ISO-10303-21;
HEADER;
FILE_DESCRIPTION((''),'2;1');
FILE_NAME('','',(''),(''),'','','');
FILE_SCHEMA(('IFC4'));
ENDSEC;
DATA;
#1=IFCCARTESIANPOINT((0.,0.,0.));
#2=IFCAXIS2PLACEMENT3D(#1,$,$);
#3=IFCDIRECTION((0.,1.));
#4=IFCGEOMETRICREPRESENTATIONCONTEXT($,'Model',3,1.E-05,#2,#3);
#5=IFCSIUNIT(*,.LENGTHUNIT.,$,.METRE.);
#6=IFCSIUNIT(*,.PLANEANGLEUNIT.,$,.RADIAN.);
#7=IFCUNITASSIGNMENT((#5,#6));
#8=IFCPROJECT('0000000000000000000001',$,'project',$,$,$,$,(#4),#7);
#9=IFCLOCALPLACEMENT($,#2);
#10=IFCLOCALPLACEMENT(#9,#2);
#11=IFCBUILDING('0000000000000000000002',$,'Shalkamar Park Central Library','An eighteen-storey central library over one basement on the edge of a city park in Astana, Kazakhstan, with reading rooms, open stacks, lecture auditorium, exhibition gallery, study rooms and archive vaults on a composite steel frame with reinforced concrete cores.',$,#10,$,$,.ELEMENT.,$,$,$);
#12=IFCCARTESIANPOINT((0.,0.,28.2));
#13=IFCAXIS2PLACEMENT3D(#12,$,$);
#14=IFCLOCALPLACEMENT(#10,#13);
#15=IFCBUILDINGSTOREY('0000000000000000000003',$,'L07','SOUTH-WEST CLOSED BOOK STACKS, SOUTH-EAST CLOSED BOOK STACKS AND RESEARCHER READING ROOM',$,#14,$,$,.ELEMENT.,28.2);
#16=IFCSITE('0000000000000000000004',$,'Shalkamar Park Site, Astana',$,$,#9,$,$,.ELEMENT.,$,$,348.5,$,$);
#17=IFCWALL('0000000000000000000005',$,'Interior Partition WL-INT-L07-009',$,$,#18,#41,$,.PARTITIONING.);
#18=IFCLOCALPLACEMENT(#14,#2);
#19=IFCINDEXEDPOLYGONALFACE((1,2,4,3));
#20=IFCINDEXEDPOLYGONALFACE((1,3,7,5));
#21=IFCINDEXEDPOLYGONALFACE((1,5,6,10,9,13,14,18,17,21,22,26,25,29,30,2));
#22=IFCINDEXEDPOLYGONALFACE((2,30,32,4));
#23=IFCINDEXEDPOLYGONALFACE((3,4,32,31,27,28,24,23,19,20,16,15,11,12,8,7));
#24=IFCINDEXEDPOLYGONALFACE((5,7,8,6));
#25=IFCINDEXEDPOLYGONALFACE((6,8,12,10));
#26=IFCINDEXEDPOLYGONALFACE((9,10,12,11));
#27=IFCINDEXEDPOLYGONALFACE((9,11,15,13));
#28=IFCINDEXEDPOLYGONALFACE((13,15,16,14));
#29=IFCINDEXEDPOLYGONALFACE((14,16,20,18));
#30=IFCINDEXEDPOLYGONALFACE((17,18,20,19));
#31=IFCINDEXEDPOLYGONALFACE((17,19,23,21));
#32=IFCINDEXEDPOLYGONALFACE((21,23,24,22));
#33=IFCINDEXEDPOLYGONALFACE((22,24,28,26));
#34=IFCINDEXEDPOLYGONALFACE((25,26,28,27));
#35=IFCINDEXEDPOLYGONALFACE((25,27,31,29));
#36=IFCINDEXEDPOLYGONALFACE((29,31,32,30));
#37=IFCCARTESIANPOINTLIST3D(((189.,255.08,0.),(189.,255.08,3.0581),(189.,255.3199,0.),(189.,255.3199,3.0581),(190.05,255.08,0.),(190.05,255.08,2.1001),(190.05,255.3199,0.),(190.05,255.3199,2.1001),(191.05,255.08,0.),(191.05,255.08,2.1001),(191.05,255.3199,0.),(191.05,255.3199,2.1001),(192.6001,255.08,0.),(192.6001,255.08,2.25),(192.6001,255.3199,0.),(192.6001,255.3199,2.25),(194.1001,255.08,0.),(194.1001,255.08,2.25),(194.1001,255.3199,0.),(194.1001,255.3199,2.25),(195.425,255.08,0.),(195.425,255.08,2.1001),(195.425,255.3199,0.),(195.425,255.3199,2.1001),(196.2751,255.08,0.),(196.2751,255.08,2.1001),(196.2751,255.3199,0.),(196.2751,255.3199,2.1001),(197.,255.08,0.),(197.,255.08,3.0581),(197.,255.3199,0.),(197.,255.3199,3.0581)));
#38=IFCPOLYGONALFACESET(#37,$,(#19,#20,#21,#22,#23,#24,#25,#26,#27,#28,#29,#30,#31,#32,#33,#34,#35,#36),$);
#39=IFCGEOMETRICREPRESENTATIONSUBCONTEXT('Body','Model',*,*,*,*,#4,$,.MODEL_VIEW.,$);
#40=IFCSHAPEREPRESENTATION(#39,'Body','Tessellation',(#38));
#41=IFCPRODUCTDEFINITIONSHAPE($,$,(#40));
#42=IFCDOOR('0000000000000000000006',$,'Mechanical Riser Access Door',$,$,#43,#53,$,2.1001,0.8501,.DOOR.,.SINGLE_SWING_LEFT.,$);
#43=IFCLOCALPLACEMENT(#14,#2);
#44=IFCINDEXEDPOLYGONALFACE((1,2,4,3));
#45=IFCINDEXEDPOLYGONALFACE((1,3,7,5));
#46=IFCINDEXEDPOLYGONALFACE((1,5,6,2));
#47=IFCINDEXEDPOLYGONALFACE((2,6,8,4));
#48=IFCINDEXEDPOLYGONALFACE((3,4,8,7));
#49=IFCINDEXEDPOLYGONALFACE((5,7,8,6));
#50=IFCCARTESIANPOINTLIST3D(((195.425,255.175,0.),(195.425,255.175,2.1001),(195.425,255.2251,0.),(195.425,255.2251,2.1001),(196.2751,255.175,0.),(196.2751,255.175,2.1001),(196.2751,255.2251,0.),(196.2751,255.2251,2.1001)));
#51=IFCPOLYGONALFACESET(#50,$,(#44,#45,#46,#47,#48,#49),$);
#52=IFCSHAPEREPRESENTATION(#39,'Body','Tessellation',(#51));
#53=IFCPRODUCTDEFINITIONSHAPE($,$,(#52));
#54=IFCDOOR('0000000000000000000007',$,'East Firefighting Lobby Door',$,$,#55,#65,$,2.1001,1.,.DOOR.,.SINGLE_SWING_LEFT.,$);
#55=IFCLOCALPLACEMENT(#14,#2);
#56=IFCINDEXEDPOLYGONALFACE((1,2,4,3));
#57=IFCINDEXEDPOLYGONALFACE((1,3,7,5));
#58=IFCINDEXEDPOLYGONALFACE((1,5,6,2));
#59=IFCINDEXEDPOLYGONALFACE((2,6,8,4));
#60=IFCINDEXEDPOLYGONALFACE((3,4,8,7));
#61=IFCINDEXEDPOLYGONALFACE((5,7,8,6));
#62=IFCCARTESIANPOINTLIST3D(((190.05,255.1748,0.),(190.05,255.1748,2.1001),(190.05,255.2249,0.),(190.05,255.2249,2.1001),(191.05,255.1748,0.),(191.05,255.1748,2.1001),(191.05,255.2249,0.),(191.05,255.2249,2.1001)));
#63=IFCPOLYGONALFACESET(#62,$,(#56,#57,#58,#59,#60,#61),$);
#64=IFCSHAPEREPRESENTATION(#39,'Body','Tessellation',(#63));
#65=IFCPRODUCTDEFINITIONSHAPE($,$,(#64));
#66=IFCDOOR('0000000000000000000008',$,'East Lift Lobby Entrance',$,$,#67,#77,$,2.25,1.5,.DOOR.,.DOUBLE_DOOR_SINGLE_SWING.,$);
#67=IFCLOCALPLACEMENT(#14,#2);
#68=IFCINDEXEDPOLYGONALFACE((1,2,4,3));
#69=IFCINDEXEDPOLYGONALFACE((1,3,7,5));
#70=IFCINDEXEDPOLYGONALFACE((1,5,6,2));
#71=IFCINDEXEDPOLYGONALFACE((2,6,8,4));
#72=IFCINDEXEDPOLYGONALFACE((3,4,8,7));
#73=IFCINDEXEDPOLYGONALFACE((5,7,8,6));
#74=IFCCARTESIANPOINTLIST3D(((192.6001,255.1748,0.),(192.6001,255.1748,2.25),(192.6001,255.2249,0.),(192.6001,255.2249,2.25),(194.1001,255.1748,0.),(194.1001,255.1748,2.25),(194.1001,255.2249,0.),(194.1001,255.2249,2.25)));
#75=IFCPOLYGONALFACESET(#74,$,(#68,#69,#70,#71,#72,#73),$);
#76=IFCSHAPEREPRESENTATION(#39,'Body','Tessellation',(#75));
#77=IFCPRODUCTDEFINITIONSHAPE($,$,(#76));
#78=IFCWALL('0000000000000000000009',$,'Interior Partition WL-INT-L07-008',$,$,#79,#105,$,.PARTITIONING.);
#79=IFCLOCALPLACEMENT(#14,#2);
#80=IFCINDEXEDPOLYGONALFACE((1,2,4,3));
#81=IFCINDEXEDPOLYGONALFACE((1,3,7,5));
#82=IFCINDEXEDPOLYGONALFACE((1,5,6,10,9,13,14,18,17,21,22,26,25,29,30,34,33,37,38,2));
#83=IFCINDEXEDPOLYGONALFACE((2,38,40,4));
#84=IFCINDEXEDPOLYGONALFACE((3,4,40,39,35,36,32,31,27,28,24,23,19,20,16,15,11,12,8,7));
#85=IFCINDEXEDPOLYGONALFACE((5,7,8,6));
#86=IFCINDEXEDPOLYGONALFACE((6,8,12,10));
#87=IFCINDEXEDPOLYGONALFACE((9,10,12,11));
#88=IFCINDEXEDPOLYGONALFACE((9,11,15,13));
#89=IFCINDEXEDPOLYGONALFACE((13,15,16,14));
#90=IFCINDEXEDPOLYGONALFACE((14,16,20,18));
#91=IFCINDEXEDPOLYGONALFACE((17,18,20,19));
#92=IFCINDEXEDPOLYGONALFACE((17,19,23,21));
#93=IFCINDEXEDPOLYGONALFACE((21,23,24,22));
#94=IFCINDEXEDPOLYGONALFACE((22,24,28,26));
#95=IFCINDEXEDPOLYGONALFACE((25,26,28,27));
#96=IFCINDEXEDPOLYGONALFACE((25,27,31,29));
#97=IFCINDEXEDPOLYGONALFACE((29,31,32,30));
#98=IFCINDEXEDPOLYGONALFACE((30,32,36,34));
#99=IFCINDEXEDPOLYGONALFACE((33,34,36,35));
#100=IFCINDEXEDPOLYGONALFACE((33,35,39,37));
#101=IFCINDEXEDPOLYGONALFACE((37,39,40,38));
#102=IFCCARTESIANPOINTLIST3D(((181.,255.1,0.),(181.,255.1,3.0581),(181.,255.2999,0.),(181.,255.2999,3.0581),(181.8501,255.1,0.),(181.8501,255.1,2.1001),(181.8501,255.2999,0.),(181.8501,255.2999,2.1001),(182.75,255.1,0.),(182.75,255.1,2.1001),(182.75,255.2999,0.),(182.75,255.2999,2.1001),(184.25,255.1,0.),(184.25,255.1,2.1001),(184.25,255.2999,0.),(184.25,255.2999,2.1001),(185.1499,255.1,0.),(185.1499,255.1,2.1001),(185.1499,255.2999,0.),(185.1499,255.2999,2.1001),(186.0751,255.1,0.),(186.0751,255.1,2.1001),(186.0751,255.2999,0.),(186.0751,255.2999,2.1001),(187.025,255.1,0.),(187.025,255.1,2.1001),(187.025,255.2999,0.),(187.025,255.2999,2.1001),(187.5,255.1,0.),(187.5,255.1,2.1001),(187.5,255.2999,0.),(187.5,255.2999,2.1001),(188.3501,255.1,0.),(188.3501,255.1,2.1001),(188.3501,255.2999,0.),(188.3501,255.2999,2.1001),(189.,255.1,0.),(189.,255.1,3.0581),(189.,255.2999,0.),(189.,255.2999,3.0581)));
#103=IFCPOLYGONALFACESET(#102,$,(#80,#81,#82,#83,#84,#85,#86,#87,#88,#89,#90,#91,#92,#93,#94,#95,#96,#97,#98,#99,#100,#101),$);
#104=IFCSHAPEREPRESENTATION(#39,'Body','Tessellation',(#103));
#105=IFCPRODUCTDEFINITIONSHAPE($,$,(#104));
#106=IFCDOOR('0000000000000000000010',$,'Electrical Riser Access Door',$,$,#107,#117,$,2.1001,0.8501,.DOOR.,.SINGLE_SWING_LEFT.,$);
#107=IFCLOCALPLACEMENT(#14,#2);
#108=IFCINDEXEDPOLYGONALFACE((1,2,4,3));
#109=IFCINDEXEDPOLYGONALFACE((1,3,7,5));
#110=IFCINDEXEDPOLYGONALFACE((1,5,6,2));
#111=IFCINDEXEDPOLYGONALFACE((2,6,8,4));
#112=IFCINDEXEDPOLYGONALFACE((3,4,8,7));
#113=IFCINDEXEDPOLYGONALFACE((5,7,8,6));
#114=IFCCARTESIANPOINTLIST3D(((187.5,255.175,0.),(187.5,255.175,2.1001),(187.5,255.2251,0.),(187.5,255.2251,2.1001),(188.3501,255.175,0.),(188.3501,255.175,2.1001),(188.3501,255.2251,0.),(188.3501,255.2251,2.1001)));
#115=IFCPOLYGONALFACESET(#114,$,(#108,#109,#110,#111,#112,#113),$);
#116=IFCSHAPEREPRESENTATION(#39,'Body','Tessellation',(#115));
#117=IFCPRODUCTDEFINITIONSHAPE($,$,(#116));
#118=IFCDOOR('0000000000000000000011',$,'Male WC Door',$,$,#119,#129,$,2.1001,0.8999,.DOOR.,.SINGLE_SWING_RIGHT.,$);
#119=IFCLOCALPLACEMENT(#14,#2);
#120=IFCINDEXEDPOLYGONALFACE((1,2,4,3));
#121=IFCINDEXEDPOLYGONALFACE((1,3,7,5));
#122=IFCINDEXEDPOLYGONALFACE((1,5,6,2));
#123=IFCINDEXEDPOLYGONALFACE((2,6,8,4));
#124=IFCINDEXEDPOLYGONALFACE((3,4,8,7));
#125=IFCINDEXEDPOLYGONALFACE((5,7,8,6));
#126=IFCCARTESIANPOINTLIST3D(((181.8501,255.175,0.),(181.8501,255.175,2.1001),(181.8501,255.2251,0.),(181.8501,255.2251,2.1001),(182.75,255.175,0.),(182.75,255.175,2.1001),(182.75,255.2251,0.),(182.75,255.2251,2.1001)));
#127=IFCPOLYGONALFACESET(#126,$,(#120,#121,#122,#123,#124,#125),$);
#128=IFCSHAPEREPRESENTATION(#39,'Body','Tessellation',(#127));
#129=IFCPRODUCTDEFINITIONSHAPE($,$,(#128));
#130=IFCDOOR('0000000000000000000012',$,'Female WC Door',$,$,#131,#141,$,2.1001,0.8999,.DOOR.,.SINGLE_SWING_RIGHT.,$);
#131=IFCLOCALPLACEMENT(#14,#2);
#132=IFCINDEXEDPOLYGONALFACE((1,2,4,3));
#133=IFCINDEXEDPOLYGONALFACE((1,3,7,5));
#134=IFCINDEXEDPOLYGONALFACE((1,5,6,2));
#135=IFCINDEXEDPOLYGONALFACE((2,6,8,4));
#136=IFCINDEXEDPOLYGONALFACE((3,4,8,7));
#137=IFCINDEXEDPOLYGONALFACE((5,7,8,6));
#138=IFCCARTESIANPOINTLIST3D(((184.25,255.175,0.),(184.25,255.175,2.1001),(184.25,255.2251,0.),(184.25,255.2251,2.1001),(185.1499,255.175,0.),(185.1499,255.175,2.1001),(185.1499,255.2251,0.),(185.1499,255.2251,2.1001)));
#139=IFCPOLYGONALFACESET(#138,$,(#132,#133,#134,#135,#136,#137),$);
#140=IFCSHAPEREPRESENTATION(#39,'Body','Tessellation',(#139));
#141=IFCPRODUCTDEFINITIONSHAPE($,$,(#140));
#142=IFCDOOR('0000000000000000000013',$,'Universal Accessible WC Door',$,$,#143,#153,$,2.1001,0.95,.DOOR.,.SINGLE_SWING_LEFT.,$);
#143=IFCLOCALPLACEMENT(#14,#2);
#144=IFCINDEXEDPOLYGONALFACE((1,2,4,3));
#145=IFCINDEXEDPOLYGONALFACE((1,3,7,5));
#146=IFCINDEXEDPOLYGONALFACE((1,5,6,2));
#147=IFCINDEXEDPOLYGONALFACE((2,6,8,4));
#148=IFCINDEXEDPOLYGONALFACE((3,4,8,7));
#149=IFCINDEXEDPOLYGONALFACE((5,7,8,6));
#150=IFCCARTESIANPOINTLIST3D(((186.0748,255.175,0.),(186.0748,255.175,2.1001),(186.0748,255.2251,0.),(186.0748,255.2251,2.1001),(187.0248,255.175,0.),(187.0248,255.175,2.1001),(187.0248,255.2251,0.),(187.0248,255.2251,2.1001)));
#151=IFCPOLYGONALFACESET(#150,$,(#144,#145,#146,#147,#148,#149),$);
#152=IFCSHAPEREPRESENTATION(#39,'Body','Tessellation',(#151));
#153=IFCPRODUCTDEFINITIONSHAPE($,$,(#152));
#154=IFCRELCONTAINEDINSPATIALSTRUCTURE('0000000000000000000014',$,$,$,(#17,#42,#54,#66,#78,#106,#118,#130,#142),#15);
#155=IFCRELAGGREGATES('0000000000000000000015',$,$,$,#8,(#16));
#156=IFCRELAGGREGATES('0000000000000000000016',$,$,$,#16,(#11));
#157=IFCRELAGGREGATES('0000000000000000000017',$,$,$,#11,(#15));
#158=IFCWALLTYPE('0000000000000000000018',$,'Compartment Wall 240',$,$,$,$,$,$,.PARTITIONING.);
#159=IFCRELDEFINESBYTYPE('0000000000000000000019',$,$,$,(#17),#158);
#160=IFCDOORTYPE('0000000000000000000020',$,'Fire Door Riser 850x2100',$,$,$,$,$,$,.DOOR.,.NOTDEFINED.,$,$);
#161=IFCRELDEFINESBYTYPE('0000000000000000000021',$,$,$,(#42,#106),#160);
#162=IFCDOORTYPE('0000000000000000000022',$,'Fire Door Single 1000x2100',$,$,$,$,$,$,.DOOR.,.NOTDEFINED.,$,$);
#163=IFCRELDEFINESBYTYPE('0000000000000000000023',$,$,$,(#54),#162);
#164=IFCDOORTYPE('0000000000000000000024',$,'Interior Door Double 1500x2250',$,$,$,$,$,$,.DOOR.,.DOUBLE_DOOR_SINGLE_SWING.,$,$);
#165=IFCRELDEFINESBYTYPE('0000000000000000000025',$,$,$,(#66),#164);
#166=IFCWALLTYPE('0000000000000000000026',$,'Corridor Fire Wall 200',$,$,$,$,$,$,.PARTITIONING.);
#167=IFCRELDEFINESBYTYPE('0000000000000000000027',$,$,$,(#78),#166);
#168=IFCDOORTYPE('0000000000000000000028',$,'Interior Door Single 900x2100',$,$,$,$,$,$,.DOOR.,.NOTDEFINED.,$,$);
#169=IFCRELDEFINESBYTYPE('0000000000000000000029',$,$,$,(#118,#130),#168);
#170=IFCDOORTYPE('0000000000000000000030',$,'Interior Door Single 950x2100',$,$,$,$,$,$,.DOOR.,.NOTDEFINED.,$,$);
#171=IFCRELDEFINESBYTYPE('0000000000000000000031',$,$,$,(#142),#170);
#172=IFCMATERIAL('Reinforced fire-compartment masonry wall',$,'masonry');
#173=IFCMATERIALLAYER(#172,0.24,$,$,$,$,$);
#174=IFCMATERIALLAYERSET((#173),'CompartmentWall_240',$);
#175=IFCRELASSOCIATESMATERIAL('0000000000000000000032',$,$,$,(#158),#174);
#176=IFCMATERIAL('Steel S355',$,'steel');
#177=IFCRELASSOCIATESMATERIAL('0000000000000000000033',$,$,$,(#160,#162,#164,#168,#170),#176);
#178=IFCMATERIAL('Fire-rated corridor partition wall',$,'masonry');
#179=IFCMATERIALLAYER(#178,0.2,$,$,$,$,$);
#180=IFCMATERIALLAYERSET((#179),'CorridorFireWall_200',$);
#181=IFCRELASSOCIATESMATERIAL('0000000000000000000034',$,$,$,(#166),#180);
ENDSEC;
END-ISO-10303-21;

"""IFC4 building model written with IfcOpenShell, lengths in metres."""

from ifc_helpers import new_model, si_unit, direction, frame, frame_2d, origin, place, context, subcontext, project, spatial, rectangle, extrude, material, layer, layer_set, type_object, element, fill, save


model = new_model("IFC4")

# Units and contexts
model_context = context("Model", 3, precision=1e-05, world=origin(), true_north=direction((0.0, 1.0)))
body_context = subcontext(model_context, "Body", "Model", "MODEL_VIEW")
ifc_project = project(units=[si_unit("LENGTHUNIT", "METRE"), si_unit("PLANEANGLEUNIT", "RADIAN")], contexts=[model_context])

# Site, building, storey
site_placement = place(None, origin())
site = spatial("IfcSite", under=ifc_project, at=site_placement, Name="Shalkamar Park Site, Astana", CompositionType="ELEMENT", RefElevation=348.5)
building_placement = place(site_placement, origin())
building = spatial("IfcBuilding", under=site, at=building_placement, Name="Shalkamar Park Central Library", Description="An eighteen-storey central library over one basement on the edge of a city park in Astana, Kazakhstan, with reading rooms, open stacks, lecture auditorium, exhibition gallery, study rooms and archive vaults on a composite steel frame with reinforced concrete cores.", CompositionType="ELEMENT")
storey_placement = place(building_placement, frame((0.0, 0.0, 28.2)))
storey = spatial("IfcBuildingStorey", under=building, at=storey_placement, Name="L07", Description="SOUTH-WEST CLOSED BOOK STACKS, SOUTH-EAST CLOSED BOOK STACKS AND RESEARCHER READING ROOM", CompositionType="ELEMENT", Elevation=28.2)

# Shared definitions
ifc_material_1 = material(Name="Steel S355", Category="steel")

# Walls, openings, doors
ifc_material_2 = material(Name="Reinforced fire-compartment masonry wall", Category="masonry")
ifc_layer_1 = layer(ifc_material_2, 0.24)
ifc_layer_set_1 = layer_set([ifc_layer_1], Name="CompartmentWall_240")
wall_type_1 = type_object("IfcWallType", Name="Compartment Wall 240", PredefinedType="PARTITIONING", material=ifc_layer_set_1)
wall_1_placement = place(storey_placement, frame((189.0, 255.2, 0.0), z_axis=(0.0, 0.0, 1.0), x_axis=(1.0, 0.0, 0.0)))
wall_1 = element("IfcWall", 1, at=wall_1_placement, inside=storey, type_object=wall_type_1, Name="Interior Partition WL-INT-L07-009", PredefinedType="PARTITIONING", context=body_context, shape_type="SweptSolid", body=[
    extrude(rectangle(XDim=8.0, YDim=0.24, at=frame_2d((4.0, 0.0))), origin(), (0.0, 0.0, 1.0), 3.0581),
])
opening_1_placement = place(wall_1_placement, frame((1.05, 0.0, 0.0)))
opening_1 = element("IfcOpeningElement", 2, at=opening_1_placement, cuts=wall_1, PredefinedType="OPENING", context=body_context, shape_type="SweptSolid", body=[
    extrude(rectangle(XDim=1.0, YDim=2.1001, at=frame_2d((0.5, 1.05))), frame((0.0, 0.1348, 0.0), z_axis=(0.0, -1.0, 0.0), x_axis=(1.0, 0.0, 0.0)), (0.0, 0.0, 1.0), 0.2698),
])
opening_2_placement = place(wall_1_placement, frame((3.6001, 0.0, 0.0)))
opening_2 = element("IfcOpeningElement", 3, at=opening_2_placement, cuts=wall_1, PredefinedType="OPENING", context=body_context, shape_type="SweptSolid", body=[
    extrude(rectangle(XDim=1.5, YDim=2.25, at=frame_2d((0.75, 1.125))), frame((0.0, 0.1348, 0.0), z_axis=(0.0, -1.0, 0.0), x_axis=(1.0, 0.0, 0.0)), (0.0, 0.0, 1.0), 0.2698),
])
opening_3_placement = place(wall_1_placement, frame((6.425, 0.0, 0.0)))
opening_3 = element("IfcOpeningElement", 4, at=opening_3_placement, cuts=wall_1, PredefinedType="OPENING", context=body_context, shape_type="SweptSolid", body=[
    extrude(rectangle(XDim=0.8501, YDim=2.1001, at=frame_2d((0.425, 1.05))), frame((0.0, 0.1348, 0.0), z_axis=(0.0, -1.0, 0.0), x_axis=(1.0, 0.0, 0.0)), (0.0, 0.0, 1.0), 0.2698),
])
door_type_1 = type_object("IfcDoorType", Name="Fire Door Riser 850x2100", OperationType="NOTDEFINED", PredefinedType="DOOR", material=ifc_material_1)
door_1_placement = place(opening_3_placement, frame((0.8501, 0.0, 0.0), z_axis=(0.0, 0.0, 1.0), x_axis=(-1.0, 0.0, 0.0)))
door_1 = element("IfcDoor", 5, at=door_1_placement, inside=storey, type_object=door_type_1, Name="Mechanical Riser Access Door", OperationType="SINGLE_SWING_LEFT", OverallHeight=2.1001, OverallWidth=0.8501, PredefinedType="DOOR", context=body_context, shape_type="SweptSolid", body=[
    extrude(rectangle(XDim=0.8501, YDim=2.1001, at=frame_2d((0.425, 1.05))), frame((0.0, 0.0249, 0.0), z_axis=(0.0, -1.0, 0.0), x_axis=(1.0, 0.0, 0.0)), (0.0, 0.0, 1.0), 0.05),
])
fill(opening_3, door_1)
door_type_2 = type_object("IfcDoorType", Name="Fire Door Single 1000x2100", OperationType="NOTDEFINED", PredefinedType="DOOR", material=ifc_material_1)
door_2_placement = place(opening_1_placement, origin())
door_2 = element("IfcDoor", 6, at=door_2_placement, inside=storey, type_object=door_type_2, Name="East Firefighting Lobby Door", OperationType="SINGLE_SWING_LEFT", OverallHeight=2.1001, OverallWidth=1.0, PredefinedType="DOOR", context=body_context, shape_type="SweptSolid", body=[
    extrude(rectangle(XDim=1.0, YDim=2.1001, at=frame_2d((0.5, 1.05))), frame((0.0, 0.0249, 0.0), z_axis=(0.0, -1.0, 0.0), x_axis=(1.0, 0.0, 0.0)), (0.0, 0.0, 1.0), 0.05),
])
fill(opening_1, door_2)
door_type_3 = type_object("IfcDoorType", Name="Interior Door Double 1500x2250", OperationType="DOUBLE_DOOR_SINGLE_SWING", PredefinedType="DOOR", material=ifc_material_1)
door_3_placement = place(opening_2_placement, origin())
door_3 = element("IfcDoor", 7, at=door_3_placement, inside=storey, type_object=door_type_3, Name="East Lift Lobby Entrance", OperationType="DOUBLE_DOOR_SINGLE_SWING", OverallHeight=2.25, OverallWidth=1.5, PredefinedType="DOOR", context=body_context, shape_type="SweptSolid", body=[
    extrude(rectangle(XDim=1.5, YDim=2.25, at=frame_2d((0.75, 1.125))), frame((0.0, 0.0249, 0.0), z_axis=(0.0, -1.0, 0.0), x_axis=(1.0, 0.0, 0.0)), (0.0, 0.0, 1.0), 0.05),
])
fill(opening_2, door_3)
ifc_material_3 = material(Name="Fire-rated corridor partition wall", Category="masonry")
ifc_layer_2 = layer(ifc_material_3, 0.2)
ifc_layer_set_2 = layer_set([ifc_layer_2], Name="CorridorFireWall_200")
wall_type_2 = type_object("IfcWallType", Name="Corridor Fire Wall 200", PredefinedType="PARTITIONING", material=ifc_layer_set_2)
wall_2_placement = place(storey_placement, frame((181.0, 255.2, 0.0), z_axis=(0.0, 0.0, 1.0), x_axis=(1.0, 0.0, 0.0)))
wall_2 = element("IfcWall", 8, at=wall_2_placement, inside=storey, type_object=wall_type_2, Name="Interior Partition WL-INT-L07-008", PredefinedType="PARTITIONING", context=body_context, shape_type="SweptSolid", body=[
    extrude(rectangle(XDim=8.0, YDim=0.2, at=frame_2d((4.0, 0.0))), origin(), (0.0, 0.0, 1.0), 3.0581),
])
opening_4_placement = place(wall_2_placement, frame((0.8501, 0.0, 0.0)))
opening_4 = element("IfcOpeningElement", 9, at=opening_4_placement, cuts=wall_2, PredefinedType="OPENING", context=body_context, shape_type="SweptSolid", body=[
    extrude(rectangle(XDim=0.8999, YDim=2.1001, at=frame_2d((0.45, 1.05))), frame((0.0, 0.1147, 0.0), z_axis=(0.0, -1.0, 0.0), x_axis=(1.0, 0.0, 0.0)), (0.0, 0.0, 1.0), 0.2297),
])
opening_5_placement = place(wall_2_placement, frame((3.25, 0.0, 0.0)))
opening_5 = element("IfcOpeningElement", 10, at=opening_5_placement, cuts=wall_2, PredefinedType="OPENING", context=body_context, shape_type="SweptSolid", body=[
    extrude(rectangle(XDim=0.8999, YDim=2.1001, at=frame_2d((0.45, 1.05))), frame((0.0, 0.1147, 0.0), z_axis=(0.0, -1.0, 0.0), x_axis=(1.0, 0.0, 0.0)), (0.0, 0.0, 1.0), 0.2297),
])
opening_6_placement = place(wall_2_placement, frame((5.075, 0.0, 0.0)))
opening_6 = element("IfcOpeningElement", 11, at=opening_6_placement, cuts=wall_2, PredefinedType="OPENING", context=body_context, shape_type="SweptSolid", body=[
    extrude(rectangle(XDim=0.95, YDim=2.1001, at=frame_2d((0.4751, 1.05))), frame((0.0, 0.1147, 0.0), z_axis=(0.0, -1.0, 0.0), x_axis=(1.0, 0.0, 0.0)), (0.0, 0.0, 1.0), 0.2297),
])
opening_7_placement = place(wall_2_placement, frame((6.5, 0.0, 0.0)))
opening_7 = element("IfcOpeningElement", 12, at=opening_7_placement, cuts=wall_2, PredefinedType="OPENING", context=body_context, shape_type="SweptSolid", body=[
    extrude(rectangle(XDim=0.8501, YDim=2.1001, at=frame_2d((0.425, 1.05))), frame((0.0, 0.1147, 0.0), z_axis=(0.0, -1.0, 0.0), x_axis=(1.0, 0.0, 0.0)), (0.0, 0.0, 1.0), 0.2297),
])
door_4_placement = place(opening_7_placement, frame((0.8501, 0.0, 0.0), z_axis=(0.0, 0.0, 1.0), x_axis=(-1.0, 0.0, 0.0)))
door_4 = element("IfcDoor", 13, at=door_4_placement, inside=storey, type_object=door_type_1, Name="Electrical Riser Access Door", OperationType="SINGLE_SWING_LEFT", OverallHeight=2.1001, OverallWidth=0.8501, PredefinedType="DOOR", context=body_context, shape_type="SweptSolid", body=[
    extrude(rectangle(XDim=0.8501, YDim=2.1001, at=frame_2d((0.425, 1.05))), frame((0.0, 0.0249, 0.0), z_axis=(0.0, -1.0, 0.0), x_axis=(1.0, 0.0, 0.0)), (0.0, 0.0, 1.0), 0.05),
])
fill(opening_7, door_4)
door_type_4 = type_object("IfcDoorType", Name="Interior Door Single 900x2100", OperationType="NOTDEFINED", PredefinedType="DOOR", material=ifc_material_1)
door_5_placement = place(opening_4_placement, frame((0.8999, 0.0, 0.0), z_axis=(0.0, 0.0, 1.0), x_axis=(-1.0, 0.0, 0.0)))
door_5 = element("IfcDoor", 14, at=door_5_placement, inside=storey, type_object=door_type_4, Name="Male WC Door", OperationType="SINGLE_SWING_RIGHT", OverallHeight=2.1001, OverallWidth=0.8999, PredefinedType="DOOR", context=body_context, shape_type="SweptSolid", body=[
    extrude(rectangle(XDim=0.8999, YDim=2.1001, at=frame_2d((0.45, 1.05))), frame((0.0, 0.0249, 0.0), z_axis=(0.0, -1.0, 0.0), x_axis=(1.0, 0.0, 0.0)), (0.0, 0.0, 1.0), 0.05),
])
fill(opening_4, door_5)
door_6_placement = place(opening_5_placement, frame((0.8999, 0.0, 0.0), z_axis=(0.0, 0.0, 1.0), x_axis=(-1.0, 0.0, 0.0)))
door_6 = element("IfcDoor", 15, at=door_6_placement, inside=storey, type_object=door_type_4, Name="Female WC Door", OperationType="SINGLE_SWING_RIGHT", OverallHeight=2.1001, OverallWidth=0.8999, PredefinedType="DOOR", context=body_context, shape_type="SweptSolid", body=[
    extrude(rectangle(XDim=0.8999, YDim=2.1001, at=frame_2d((0.45, 1.05))), frame((0.0, 0.0249, 0.0), z_axis=(0.0, -1.0, 0.0), x_axis=(1.0, 0.0, 0.0)), (0.0, 0.0, 1.0), 0.05),
])
fill(opening_5, door_6)
door_type_5 = type_object("IfcDoorType", Name="Interior Door Single 950x2100", OperationType="NOTDEFINED", PredefinedType="DOOR", material=ifc_material_1)
door_7_placement = place(opening_6_placement, frame((0.95, 0.0, 0.0), z_axis=(0.0, 0.0, 1.0), x_axis=(-1.0, 0.0, 0.0)))
door_7 = element("IfcDoor", 16, at=door_7_placement, inside=storey, type_object=door_type_5, Name="Universal Accessible WC Door", OperationType="SINGLE_SWING_LEFT", OverallHeight=2.1001, OverallWidth=0.95, PredefinedType="DOOR", context=body_context, shape_type="SweptSolid", body=[
    extrude(rectangle(XDim=0.95, YDim=2.1001, at=frame_2d((0.4751, 1.05))), frame((0.0, 0.0249, 0.0), z_axis=(0.0, -1.0, 0.0), x_axis=(1.0, 0.0, 0.0)), (0.0, 0.0, 1.0), 0.05),
])
fill(opening_6, door_7)

save(model, "model.ifc")
